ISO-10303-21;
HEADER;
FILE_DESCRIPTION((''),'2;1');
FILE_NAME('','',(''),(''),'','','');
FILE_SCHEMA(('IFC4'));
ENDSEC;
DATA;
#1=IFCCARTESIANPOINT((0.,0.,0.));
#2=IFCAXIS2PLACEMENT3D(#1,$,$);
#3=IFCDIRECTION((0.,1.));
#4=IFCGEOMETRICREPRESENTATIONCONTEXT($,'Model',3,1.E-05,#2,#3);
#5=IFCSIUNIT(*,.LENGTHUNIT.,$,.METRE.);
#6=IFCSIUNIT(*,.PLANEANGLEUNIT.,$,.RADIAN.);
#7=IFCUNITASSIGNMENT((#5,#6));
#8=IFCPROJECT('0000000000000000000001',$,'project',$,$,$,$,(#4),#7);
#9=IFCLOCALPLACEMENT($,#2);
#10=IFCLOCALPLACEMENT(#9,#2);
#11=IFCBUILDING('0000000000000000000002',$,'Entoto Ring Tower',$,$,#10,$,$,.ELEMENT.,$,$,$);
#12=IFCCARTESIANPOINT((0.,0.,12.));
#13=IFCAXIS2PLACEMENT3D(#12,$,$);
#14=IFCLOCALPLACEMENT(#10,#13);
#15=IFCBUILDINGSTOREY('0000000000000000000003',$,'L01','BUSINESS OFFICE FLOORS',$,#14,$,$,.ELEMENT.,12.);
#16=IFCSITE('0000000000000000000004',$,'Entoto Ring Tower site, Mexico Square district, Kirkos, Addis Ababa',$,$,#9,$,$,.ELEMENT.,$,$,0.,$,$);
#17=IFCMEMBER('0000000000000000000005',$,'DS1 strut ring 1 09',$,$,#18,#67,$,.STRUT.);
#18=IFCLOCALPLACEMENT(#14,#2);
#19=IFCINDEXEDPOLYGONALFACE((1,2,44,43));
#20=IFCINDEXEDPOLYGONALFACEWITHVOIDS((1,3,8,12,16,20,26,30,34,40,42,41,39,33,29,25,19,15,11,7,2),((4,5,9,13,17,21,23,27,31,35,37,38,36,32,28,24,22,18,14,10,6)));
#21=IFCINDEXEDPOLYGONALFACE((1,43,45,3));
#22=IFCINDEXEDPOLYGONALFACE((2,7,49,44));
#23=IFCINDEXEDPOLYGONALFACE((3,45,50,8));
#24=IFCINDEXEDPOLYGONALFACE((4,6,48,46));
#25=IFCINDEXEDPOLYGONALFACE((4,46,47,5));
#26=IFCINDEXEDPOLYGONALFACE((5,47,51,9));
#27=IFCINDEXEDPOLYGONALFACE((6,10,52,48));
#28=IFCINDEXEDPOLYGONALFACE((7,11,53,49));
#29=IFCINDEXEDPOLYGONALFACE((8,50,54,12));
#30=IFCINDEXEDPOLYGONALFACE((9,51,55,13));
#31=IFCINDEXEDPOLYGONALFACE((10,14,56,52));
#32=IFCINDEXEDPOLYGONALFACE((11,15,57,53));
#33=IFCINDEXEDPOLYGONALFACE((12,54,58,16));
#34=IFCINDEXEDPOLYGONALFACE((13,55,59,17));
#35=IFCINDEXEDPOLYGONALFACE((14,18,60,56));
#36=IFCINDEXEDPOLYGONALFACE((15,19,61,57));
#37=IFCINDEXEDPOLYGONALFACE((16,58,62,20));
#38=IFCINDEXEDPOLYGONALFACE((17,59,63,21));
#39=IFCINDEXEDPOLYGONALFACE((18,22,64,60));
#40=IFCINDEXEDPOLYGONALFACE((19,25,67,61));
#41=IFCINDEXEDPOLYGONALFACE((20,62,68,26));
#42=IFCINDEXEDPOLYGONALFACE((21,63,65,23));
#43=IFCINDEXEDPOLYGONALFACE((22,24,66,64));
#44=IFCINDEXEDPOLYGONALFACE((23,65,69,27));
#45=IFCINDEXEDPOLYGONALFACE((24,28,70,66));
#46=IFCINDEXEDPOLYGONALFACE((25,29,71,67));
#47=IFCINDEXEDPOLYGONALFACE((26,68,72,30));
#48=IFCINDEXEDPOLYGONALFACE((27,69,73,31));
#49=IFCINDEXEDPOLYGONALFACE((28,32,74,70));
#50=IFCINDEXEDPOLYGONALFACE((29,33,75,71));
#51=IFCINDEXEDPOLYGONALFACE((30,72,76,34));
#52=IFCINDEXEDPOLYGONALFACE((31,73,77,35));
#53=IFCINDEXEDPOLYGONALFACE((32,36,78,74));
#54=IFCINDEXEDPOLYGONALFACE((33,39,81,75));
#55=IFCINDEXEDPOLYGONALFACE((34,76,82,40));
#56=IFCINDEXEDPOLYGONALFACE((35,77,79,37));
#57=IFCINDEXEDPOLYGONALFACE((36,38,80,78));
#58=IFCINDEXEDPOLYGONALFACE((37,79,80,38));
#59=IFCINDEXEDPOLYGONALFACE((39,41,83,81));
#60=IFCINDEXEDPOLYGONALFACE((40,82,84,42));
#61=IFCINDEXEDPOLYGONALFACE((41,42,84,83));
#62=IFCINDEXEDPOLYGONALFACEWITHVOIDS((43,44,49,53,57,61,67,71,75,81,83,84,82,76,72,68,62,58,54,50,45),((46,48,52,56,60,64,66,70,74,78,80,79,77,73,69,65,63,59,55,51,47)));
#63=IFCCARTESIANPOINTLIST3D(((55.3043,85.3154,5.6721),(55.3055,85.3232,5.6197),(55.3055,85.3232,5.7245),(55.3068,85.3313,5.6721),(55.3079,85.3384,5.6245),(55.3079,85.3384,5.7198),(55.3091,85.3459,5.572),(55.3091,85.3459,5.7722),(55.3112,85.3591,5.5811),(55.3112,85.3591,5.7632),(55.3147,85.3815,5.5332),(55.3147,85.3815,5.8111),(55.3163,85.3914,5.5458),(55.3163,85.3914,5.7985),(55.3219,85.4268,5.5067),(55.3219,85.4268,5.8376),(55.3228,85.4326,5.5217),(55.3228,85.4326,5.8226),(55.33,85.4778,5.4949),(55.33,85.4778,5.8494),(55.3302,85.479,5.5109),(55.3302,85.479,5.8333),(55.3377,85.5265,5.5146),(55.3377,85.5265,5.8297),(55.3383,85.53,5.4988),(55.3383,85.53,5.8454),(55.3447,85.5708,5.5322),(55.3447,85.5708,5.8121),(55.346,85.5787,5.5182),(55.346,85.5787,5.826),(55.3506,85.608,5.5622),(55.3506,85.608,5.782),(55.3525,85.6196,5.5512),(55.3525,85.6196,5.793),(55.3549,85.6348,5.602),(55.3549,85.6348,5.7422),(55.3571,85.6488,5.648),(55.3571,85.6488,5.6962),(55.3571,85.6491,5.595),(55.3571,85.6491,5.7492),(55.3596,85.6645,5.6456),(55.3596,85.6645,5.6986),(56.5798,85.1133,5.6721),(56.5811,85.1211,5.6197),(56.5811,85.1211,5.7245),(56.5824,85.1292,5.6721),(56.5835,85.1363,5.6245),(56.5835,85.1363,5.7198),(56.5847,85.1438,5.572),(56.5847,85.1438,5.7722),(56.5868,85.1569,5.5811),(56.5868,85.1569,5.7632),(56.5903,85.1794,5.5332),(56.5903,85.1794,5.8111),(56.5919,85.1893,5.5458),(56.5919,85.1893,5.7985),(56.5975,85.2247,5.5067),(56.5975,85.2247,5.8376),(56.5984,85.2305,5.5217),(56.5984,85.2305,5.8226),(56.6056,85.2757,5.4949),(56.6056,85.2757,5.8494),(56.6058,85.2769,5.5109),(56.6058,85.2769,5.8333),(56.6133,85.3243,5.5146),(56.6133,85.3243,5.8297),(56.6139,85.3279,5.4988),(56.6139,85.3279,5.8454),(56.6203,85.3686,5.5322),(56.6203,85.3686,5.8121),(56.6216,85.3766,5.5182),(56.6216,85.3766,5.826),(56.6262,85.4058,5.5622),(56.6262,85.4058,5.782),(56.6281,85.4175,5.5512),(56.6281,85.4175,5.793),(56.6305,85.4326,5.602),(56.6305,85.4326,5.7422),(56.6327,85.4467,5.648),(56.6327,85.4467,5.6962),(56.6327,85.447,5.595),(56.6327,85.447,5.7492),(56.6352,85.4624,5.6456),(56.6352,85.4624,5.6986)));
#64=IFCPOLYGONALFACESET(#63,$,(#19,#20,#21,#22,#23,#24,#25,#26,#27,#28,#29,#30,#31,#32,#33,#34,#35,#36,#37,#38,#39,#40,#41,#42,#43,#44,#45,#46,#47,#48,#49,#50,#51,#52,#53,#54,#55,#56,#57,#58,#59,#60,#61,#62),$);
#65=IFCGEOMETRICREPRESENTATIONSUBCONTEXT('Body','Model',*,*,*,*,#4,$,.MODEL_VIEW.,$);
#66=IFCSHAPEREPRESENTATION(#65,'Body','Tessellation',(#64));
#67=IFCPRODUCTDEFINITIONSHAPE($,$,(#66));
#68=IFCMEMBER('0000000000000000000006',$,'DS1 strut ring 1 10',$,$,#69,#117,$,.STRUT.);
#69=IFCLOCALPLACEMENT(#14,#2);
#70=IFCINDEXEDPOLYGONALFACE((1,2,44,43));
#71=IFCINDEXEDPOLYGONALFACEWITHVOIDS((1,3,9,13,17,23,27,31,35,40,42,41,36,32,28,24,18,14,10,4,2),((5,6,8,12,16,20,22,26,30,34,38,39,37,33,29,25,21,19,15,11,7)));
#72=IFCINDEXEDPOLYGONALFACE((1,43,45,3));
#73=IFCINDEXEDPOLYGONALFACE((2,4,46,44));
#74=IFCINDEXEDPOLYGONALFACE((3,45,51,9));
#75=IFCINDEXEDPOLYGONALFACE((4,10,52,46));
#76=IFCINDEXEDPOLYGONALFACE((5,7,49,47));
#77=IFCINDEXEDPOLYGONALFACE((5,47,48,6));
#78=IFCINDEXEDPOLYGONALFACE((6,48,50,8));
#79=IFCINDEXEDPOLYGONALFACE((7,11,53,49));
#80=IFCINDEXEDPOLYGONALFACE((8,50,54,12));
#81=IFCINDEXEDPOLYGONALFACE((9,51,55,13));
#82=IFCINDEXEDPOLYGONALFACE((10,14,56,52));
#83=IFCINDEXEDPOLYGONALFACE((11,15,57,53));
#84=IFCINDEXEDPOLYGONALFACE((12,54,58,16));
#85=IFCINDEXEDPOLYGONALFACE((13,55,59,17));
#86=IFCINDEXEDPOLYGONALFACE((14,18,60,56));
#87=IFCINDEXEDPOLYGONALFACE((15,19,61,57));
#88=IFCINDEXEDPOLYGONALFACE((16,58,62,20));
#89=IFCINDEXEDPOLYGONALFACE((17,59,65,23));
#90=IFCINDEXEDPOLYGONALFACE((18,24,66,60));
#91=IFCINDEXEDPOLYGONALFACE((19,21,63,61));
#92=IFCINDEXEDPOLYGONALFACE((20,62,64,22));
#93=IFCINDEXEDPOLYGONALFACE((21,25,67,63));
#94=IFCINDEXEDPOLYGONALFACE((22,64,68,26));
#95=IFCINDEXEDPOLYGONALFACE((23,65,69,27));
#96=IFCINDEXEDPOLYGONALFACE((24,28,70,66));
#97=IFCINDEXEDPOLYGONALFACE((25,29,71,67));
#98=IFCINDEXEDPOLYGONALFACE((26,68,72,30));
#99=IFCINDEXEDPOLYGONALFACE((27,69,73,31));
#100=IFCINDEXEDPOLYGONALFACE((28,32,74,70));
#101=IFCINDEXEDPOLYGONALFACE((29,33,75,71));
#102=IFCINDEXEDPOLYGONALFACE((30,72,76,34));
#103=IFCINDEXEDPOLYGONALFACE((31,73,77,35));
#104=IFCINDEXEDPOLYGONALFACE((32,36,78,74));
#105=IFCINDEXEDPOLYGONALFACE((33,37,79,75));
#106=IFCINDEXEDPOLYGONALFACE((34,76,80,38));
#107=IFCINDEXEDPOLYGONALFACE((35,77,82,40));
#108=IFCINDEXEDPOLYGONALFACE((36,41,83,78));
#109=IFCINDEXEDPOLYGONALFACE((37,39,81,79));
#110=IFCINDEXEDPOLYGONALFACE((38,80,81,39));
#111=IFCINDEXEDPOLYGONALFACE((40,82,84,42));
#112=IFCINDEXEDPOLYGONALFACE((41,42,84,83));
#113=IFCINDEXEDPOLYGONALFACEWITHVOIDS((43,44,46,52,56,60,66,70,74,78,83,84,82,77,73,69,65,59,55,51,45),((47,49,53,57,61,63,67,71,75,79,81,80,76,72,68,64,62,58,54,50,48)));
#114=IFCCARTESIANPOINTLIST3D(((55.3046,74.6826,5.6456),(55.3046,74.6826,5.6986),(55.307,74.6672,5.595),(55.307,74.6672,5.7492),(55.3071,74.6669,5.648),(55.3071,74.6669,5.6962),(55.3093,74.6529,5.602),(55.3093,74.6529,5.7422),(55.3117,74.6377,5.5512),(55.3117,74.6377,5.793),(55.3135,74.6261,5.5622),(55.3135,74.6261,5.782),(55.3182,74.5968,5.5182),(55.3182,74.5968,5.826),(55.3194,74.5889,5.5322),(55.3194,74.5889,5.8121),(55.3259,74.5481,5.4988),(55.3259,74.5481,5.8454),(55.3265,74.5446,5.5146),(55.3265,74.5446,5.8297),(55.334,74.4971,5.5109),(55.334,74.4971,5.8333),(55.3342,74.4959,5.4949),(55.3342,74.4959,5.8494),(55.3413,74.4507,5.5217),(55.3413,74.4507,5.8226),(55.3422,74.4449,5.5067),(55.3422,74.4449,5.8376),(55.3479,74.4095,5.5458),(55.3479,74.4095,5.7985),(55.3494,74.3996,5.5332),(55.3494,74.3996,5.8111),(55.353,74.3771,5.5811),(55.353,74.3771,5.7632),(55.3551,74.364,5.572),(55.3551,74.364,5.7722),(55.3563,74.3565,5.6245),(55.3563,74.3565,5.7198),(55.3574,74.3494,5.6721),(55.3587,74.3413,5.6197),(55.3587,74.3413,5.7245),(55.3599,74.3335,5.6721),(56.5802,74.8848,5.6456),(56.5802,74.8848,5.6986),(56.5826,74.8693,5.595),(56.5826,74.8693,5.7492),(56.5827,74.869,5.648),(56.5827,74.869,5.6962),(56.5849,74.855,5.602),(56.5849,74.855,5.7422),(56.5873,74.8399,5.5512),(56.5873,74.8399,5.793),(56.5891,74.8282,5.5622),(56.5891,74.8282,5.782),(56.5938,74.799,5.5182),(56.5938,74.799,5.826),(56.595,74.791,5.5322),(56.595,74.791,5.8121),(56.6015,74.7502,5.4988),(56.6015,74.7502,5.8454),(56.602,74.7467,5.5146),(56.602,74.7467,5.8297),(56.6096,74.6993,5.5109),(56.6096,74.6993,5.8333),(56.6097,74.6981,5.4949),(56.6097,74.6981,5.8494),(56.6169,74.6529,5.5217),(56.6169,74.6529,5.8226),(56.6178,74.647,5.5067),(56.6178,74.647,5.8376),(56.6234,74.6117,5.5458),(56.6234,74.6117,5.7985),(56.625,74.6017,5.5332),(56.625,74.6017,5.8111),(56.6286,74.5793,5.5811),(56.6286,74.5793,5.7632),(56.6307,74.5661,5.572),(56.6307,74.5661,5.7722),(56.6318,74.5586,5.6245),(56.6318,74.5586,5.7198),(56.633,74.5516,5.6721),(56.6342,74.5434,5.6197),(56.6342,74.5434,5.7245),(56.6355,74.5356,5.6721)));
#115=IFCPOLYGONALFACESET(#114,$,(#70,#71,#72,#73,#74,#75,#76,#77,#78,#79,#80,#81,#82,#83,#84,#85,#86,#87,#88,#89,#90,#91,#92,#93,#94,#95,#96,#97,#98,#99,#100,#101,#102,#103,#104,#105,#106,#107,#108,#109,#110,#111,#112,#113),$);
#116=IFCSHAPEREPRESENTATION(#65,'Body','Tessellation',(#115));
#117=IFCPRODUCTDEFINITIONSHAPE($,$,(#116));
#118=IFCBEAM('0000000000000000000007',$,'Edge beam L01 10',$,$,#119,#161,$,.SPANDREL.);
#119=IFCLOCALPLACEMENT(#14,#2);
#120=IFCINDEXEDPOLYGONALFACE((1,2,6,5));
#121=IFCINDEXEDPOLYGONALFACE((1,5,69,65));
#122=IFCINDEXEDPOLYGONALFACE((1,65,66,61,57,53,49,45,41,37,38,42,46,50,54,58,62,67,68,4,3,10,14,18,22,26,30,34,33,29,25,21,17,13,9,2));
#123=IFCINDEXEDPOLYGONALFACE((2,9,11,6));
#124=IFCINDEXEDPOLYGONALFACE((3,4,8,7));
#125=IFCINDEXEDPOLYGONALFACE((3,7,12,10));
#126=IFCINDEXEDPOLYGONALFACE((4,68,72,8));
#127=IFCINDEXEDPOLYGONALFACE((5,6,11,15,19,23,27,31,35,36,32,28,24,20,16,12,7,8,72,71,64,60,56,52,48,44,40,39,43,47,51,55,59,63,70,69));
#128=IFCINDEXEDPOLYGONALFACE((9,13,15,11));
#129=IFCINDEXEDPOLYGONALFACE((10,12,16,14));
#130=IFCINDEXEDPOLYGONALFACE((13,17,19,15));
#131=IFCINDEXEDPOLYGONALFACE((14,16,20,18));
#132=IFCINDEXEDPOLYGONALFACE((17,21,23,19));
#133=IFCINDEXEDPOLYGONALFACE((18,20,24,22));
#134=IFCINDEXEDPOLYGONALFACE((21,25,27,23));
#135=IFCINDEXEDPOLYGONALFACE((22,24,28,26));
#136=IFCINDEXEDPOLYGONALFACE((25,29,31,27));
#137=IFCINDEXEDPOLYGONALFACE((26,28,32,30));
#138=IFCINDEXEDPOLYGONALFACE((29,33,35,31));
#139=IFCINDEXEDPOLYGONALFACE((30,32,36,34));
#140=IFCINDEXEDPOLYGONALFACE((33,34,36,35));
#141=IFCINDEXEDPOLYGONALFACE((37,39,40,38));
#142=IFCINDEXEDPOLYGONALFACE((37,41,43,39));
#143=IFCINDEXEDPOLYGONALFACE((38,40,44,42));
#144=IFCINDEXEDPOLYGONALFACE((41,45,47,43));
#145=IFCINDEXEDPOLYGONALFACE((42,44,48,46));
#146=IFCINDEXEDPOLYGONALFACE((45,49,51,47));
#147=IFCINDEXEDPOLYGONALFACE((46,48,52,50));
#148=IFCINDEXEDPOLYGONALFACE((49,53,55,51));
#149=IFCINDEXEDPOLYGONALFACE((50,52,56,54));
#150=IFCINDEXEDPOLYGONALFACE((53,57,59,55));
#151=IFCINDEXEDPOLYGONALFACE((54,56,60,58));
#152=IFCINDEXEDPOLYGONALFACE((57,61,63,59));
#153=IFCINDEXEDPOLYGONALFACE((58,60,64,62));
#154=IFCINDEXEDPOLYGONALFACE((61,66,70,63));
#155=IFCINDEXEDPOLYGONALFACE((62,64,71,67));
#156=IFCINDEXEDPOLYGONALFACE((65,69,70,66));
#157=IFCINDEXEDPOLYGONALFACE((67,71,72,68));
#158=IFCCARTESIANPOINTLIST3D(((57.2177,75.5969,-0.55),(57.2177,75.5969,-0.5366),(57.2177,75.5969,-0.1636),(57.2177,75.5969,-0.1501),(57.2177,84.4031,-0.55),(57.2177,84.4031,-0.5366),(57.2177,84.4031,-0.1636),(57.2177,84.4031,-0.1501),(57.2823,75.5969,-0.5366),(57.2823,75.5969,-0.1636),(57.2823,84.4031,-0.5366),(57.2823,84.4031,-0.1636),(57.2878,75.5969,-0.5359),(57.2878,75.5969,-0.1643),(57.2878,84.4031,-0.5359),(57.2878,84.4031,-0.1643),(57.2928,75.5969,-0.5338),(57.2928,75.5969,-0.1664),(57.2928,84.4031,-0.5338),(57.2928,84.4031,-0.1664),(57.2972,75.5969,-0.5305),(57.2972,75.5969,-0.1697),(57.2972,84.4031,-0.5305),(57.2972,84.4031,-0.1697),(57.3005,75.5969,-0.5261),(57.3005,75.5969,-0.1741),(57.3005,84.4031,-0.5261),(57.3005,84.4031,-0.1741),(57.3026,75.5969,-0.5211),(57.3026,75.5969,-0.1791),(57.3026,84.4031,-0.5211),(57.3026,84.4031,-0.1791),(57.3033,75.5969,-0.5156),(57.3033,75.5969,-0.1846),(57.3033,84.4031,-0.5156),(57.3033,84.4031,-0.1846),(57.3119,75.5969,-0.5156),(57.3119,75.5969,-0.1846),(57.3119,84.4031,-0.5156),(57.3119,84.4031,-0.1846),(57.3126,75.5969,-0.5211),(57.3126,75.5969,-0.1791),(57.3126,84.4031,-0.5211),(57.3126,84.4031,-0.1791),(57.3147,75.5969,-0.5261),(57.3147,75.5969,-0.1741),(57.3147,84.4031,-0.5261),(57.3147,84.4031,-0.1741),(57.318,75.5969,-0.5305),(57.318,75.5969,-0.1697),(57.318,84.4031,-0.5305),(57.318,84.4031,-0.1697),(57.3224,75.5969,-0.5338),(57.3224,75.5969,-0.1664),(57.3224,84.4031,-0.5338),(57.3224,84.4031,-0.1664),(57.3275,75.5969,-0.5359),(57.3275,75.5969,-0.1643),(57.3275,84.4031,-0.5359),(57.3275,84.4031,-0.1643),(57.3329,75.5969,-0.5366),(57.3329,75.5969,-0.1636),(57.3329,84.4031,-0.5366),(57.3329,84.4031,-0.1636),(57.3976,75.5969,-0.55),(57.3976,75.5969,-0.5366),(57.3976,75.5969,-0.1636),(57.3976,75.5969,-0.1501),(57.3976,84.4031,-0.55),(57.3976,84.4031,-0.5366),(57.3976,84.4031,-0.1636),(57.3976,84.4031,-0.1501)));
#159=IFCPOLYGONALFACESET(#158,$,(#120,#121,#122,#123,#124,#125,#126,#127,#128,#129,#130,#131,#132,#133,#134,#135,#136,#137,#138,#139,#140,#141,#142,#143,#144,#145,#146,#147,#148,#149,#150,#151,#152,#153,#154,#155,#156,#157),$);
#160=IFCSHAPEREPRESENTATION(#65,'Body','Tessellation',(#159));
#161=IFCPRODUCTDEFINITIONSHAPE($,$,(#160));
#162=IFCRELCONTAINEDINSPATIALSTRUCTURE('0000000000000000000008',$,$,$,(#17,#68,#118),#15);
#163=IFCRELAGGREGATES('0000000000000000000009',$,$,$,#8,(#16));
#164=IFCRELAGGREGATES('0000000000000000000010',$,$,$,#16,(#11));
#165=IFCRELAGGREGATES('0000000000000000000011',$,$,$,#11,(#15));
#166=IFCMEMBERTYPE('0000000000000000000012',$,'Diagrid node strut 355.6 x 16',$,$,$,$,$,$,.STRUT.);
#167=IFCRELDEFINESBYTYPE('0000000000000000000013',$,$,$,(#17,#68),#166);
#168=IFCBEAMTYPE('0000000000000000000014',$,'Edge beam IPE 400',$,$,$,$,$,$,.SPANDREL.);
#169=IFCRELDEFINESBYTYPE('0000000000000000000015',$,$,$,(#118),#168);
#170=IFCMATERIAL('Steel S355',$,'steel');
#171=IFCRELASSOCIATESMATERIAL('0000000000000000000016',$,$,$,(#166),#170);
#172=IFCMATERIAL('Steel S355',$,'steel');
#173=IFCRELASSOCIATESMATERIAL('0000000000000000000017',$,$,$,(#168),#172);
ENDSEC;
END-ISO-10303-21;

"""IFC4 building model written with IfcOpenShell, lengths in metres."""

from ifc_helpers import new_model, si_unit, direction, frame, origin, origin_2d, place, context, subcontext, project, spatial, circle, hollow_circle, i_section, extrude, material, material_profile, profile_set, type_object, element, save


model = new_model("IFC4")

# Units and contexts
model_context = context("Model", 3, precision=1e-05, world=origin(), true_north=direction((0.0, 1.0)))
body_context = subcontext(model_context, "Body", "Model", "MODEL_VIEW")
ifc_project = project(units=[si_unit("LENGTHUNIT", "METRE"), si_unit("PLANEANGLEUNIT", "RADIAN")], contexts=[model_context])

# Site, building, storey
site_placement = place(None, origin())
site = spatial("IfcSite", under=ifc_project, at=site_placement, Name="Entoto Ring Tower site, Mexico Square district, Kirkos, Addis Ababa", CompositionType="ELEMENT", RefElevation=0.0)
building_placement = place(site_placement, origin())
building = spatial("IfcBuilding", under=site, at=building_placement, Name="Entoto Ring Tower", CompositionType="ELEMENT")
storey_placement = place(building_placement, frame((0.0, 0.0, 12.0)))
storey = spatial("IfcBuildingStorey", under=building, at=storey_placement, Name="L01", Description="BUSINESS OFFICE FLOORS", CompositionType="ELEMENT", Elevation=12.0)

# Members
ifc_material_1 = material(Name="Steel S355", Category="steel")
ifc_material_profile_1 = material_profile(ifc_material_1, hollow_circle(Radius=0.1777, WallThickness=0.0161, at=origin_2d()), Name="CHS 355.6 x 16")
ifc_material_2 = material(Name="Concrete C60/75", Category="concrete")
ifc_material_profile_2 = material_profile(ifc_material_2, circle(Radius=0.1619, at=origin_2d()), Name="Concrete C60/75 infill")
ifc_profile_set_1 = profile_set([ifc_material_profile_1, ifc_material_profile_2], Name="Steel S355")
member_type_1 = type_object("IfcMemberType", Name="Diagrid node strut 355.6 x 16", PredefinedType="STRUT", material=ifc_profile_set_1)
for number, where, z_axis, x_axis, name in (
    (1, (56.6077, 85.2888, 5.6721), (-0.987675, 0.156516, 0.0), (-0.156516, -0.987675, 0.0), "DS1 strut ring 1 09"),
    (2, (56.6077, 74.7112, 5.6721), (-0.987675, -0.156516, 0.0), (0.156516, -0.987675, 0.0), "DS1 strut ring 1 10"),
):
    element("IfcMember", number, at=place(storey_placement, frame(where, z_axis=z_axis, x_axis=x_axis)), inside=storey, type_object=member_type_1, Name=name, PredefinedType="STRUT", context=body_context, shape_type="SweptSolid", body=[
        extrude(hollow_circle(Radius=0.1777, WallThickness=0.0161, at=origin_2d()), origin(), (0.0, 0.0, 1.0), 1.2915),
    ])

# Beam
ifc_material_3 = material(Name="Steel S355", Category="steel")
ifc_material_profile_3 = material_profile(ifc_material_3, i_section(OverallWidth=0.1799, OverallDepth=0.3999, WebThickness=0.0085, FlangeThickness=0.0134, FilletRadius=0.021, at=origin_2d()), Name="IPE 400")
ifc_profile_set_2 = profile_set([ifc_material_profile_3], Name="Steel S355")
beam_type_1 = type_object("IfcBeamType", Name="Edge beam IPE 400", PredefinedType="SPANDREL", material=ifc_profile_set_2)
beam_1_placement = place(storey_placement, frame((57.3076, 84.4031, -0.3501), z_axis=(0.0, -1.0, 0.0), x_axis=(1.0, 0.0, 0.0)))
element("IfcBeam", 3, at=beam_1_placement, inside=storey, type_object=beam_type_1, Name="Edge beam L01 10", PredefinedType="SPANDREL", context=body_context, shape_type="SweptSolid", body=[
    extrude(i_section(OverallWidth=0.1799, OverallDepth=0.3999, WebThickness=0.0085, FlangeThickness=0.0134, FilletRadius=0.021, at=origin_2d()), origin(), (0.0, 0.0, 1.0), 8.8062),
])

save(model, "model.ifc")
